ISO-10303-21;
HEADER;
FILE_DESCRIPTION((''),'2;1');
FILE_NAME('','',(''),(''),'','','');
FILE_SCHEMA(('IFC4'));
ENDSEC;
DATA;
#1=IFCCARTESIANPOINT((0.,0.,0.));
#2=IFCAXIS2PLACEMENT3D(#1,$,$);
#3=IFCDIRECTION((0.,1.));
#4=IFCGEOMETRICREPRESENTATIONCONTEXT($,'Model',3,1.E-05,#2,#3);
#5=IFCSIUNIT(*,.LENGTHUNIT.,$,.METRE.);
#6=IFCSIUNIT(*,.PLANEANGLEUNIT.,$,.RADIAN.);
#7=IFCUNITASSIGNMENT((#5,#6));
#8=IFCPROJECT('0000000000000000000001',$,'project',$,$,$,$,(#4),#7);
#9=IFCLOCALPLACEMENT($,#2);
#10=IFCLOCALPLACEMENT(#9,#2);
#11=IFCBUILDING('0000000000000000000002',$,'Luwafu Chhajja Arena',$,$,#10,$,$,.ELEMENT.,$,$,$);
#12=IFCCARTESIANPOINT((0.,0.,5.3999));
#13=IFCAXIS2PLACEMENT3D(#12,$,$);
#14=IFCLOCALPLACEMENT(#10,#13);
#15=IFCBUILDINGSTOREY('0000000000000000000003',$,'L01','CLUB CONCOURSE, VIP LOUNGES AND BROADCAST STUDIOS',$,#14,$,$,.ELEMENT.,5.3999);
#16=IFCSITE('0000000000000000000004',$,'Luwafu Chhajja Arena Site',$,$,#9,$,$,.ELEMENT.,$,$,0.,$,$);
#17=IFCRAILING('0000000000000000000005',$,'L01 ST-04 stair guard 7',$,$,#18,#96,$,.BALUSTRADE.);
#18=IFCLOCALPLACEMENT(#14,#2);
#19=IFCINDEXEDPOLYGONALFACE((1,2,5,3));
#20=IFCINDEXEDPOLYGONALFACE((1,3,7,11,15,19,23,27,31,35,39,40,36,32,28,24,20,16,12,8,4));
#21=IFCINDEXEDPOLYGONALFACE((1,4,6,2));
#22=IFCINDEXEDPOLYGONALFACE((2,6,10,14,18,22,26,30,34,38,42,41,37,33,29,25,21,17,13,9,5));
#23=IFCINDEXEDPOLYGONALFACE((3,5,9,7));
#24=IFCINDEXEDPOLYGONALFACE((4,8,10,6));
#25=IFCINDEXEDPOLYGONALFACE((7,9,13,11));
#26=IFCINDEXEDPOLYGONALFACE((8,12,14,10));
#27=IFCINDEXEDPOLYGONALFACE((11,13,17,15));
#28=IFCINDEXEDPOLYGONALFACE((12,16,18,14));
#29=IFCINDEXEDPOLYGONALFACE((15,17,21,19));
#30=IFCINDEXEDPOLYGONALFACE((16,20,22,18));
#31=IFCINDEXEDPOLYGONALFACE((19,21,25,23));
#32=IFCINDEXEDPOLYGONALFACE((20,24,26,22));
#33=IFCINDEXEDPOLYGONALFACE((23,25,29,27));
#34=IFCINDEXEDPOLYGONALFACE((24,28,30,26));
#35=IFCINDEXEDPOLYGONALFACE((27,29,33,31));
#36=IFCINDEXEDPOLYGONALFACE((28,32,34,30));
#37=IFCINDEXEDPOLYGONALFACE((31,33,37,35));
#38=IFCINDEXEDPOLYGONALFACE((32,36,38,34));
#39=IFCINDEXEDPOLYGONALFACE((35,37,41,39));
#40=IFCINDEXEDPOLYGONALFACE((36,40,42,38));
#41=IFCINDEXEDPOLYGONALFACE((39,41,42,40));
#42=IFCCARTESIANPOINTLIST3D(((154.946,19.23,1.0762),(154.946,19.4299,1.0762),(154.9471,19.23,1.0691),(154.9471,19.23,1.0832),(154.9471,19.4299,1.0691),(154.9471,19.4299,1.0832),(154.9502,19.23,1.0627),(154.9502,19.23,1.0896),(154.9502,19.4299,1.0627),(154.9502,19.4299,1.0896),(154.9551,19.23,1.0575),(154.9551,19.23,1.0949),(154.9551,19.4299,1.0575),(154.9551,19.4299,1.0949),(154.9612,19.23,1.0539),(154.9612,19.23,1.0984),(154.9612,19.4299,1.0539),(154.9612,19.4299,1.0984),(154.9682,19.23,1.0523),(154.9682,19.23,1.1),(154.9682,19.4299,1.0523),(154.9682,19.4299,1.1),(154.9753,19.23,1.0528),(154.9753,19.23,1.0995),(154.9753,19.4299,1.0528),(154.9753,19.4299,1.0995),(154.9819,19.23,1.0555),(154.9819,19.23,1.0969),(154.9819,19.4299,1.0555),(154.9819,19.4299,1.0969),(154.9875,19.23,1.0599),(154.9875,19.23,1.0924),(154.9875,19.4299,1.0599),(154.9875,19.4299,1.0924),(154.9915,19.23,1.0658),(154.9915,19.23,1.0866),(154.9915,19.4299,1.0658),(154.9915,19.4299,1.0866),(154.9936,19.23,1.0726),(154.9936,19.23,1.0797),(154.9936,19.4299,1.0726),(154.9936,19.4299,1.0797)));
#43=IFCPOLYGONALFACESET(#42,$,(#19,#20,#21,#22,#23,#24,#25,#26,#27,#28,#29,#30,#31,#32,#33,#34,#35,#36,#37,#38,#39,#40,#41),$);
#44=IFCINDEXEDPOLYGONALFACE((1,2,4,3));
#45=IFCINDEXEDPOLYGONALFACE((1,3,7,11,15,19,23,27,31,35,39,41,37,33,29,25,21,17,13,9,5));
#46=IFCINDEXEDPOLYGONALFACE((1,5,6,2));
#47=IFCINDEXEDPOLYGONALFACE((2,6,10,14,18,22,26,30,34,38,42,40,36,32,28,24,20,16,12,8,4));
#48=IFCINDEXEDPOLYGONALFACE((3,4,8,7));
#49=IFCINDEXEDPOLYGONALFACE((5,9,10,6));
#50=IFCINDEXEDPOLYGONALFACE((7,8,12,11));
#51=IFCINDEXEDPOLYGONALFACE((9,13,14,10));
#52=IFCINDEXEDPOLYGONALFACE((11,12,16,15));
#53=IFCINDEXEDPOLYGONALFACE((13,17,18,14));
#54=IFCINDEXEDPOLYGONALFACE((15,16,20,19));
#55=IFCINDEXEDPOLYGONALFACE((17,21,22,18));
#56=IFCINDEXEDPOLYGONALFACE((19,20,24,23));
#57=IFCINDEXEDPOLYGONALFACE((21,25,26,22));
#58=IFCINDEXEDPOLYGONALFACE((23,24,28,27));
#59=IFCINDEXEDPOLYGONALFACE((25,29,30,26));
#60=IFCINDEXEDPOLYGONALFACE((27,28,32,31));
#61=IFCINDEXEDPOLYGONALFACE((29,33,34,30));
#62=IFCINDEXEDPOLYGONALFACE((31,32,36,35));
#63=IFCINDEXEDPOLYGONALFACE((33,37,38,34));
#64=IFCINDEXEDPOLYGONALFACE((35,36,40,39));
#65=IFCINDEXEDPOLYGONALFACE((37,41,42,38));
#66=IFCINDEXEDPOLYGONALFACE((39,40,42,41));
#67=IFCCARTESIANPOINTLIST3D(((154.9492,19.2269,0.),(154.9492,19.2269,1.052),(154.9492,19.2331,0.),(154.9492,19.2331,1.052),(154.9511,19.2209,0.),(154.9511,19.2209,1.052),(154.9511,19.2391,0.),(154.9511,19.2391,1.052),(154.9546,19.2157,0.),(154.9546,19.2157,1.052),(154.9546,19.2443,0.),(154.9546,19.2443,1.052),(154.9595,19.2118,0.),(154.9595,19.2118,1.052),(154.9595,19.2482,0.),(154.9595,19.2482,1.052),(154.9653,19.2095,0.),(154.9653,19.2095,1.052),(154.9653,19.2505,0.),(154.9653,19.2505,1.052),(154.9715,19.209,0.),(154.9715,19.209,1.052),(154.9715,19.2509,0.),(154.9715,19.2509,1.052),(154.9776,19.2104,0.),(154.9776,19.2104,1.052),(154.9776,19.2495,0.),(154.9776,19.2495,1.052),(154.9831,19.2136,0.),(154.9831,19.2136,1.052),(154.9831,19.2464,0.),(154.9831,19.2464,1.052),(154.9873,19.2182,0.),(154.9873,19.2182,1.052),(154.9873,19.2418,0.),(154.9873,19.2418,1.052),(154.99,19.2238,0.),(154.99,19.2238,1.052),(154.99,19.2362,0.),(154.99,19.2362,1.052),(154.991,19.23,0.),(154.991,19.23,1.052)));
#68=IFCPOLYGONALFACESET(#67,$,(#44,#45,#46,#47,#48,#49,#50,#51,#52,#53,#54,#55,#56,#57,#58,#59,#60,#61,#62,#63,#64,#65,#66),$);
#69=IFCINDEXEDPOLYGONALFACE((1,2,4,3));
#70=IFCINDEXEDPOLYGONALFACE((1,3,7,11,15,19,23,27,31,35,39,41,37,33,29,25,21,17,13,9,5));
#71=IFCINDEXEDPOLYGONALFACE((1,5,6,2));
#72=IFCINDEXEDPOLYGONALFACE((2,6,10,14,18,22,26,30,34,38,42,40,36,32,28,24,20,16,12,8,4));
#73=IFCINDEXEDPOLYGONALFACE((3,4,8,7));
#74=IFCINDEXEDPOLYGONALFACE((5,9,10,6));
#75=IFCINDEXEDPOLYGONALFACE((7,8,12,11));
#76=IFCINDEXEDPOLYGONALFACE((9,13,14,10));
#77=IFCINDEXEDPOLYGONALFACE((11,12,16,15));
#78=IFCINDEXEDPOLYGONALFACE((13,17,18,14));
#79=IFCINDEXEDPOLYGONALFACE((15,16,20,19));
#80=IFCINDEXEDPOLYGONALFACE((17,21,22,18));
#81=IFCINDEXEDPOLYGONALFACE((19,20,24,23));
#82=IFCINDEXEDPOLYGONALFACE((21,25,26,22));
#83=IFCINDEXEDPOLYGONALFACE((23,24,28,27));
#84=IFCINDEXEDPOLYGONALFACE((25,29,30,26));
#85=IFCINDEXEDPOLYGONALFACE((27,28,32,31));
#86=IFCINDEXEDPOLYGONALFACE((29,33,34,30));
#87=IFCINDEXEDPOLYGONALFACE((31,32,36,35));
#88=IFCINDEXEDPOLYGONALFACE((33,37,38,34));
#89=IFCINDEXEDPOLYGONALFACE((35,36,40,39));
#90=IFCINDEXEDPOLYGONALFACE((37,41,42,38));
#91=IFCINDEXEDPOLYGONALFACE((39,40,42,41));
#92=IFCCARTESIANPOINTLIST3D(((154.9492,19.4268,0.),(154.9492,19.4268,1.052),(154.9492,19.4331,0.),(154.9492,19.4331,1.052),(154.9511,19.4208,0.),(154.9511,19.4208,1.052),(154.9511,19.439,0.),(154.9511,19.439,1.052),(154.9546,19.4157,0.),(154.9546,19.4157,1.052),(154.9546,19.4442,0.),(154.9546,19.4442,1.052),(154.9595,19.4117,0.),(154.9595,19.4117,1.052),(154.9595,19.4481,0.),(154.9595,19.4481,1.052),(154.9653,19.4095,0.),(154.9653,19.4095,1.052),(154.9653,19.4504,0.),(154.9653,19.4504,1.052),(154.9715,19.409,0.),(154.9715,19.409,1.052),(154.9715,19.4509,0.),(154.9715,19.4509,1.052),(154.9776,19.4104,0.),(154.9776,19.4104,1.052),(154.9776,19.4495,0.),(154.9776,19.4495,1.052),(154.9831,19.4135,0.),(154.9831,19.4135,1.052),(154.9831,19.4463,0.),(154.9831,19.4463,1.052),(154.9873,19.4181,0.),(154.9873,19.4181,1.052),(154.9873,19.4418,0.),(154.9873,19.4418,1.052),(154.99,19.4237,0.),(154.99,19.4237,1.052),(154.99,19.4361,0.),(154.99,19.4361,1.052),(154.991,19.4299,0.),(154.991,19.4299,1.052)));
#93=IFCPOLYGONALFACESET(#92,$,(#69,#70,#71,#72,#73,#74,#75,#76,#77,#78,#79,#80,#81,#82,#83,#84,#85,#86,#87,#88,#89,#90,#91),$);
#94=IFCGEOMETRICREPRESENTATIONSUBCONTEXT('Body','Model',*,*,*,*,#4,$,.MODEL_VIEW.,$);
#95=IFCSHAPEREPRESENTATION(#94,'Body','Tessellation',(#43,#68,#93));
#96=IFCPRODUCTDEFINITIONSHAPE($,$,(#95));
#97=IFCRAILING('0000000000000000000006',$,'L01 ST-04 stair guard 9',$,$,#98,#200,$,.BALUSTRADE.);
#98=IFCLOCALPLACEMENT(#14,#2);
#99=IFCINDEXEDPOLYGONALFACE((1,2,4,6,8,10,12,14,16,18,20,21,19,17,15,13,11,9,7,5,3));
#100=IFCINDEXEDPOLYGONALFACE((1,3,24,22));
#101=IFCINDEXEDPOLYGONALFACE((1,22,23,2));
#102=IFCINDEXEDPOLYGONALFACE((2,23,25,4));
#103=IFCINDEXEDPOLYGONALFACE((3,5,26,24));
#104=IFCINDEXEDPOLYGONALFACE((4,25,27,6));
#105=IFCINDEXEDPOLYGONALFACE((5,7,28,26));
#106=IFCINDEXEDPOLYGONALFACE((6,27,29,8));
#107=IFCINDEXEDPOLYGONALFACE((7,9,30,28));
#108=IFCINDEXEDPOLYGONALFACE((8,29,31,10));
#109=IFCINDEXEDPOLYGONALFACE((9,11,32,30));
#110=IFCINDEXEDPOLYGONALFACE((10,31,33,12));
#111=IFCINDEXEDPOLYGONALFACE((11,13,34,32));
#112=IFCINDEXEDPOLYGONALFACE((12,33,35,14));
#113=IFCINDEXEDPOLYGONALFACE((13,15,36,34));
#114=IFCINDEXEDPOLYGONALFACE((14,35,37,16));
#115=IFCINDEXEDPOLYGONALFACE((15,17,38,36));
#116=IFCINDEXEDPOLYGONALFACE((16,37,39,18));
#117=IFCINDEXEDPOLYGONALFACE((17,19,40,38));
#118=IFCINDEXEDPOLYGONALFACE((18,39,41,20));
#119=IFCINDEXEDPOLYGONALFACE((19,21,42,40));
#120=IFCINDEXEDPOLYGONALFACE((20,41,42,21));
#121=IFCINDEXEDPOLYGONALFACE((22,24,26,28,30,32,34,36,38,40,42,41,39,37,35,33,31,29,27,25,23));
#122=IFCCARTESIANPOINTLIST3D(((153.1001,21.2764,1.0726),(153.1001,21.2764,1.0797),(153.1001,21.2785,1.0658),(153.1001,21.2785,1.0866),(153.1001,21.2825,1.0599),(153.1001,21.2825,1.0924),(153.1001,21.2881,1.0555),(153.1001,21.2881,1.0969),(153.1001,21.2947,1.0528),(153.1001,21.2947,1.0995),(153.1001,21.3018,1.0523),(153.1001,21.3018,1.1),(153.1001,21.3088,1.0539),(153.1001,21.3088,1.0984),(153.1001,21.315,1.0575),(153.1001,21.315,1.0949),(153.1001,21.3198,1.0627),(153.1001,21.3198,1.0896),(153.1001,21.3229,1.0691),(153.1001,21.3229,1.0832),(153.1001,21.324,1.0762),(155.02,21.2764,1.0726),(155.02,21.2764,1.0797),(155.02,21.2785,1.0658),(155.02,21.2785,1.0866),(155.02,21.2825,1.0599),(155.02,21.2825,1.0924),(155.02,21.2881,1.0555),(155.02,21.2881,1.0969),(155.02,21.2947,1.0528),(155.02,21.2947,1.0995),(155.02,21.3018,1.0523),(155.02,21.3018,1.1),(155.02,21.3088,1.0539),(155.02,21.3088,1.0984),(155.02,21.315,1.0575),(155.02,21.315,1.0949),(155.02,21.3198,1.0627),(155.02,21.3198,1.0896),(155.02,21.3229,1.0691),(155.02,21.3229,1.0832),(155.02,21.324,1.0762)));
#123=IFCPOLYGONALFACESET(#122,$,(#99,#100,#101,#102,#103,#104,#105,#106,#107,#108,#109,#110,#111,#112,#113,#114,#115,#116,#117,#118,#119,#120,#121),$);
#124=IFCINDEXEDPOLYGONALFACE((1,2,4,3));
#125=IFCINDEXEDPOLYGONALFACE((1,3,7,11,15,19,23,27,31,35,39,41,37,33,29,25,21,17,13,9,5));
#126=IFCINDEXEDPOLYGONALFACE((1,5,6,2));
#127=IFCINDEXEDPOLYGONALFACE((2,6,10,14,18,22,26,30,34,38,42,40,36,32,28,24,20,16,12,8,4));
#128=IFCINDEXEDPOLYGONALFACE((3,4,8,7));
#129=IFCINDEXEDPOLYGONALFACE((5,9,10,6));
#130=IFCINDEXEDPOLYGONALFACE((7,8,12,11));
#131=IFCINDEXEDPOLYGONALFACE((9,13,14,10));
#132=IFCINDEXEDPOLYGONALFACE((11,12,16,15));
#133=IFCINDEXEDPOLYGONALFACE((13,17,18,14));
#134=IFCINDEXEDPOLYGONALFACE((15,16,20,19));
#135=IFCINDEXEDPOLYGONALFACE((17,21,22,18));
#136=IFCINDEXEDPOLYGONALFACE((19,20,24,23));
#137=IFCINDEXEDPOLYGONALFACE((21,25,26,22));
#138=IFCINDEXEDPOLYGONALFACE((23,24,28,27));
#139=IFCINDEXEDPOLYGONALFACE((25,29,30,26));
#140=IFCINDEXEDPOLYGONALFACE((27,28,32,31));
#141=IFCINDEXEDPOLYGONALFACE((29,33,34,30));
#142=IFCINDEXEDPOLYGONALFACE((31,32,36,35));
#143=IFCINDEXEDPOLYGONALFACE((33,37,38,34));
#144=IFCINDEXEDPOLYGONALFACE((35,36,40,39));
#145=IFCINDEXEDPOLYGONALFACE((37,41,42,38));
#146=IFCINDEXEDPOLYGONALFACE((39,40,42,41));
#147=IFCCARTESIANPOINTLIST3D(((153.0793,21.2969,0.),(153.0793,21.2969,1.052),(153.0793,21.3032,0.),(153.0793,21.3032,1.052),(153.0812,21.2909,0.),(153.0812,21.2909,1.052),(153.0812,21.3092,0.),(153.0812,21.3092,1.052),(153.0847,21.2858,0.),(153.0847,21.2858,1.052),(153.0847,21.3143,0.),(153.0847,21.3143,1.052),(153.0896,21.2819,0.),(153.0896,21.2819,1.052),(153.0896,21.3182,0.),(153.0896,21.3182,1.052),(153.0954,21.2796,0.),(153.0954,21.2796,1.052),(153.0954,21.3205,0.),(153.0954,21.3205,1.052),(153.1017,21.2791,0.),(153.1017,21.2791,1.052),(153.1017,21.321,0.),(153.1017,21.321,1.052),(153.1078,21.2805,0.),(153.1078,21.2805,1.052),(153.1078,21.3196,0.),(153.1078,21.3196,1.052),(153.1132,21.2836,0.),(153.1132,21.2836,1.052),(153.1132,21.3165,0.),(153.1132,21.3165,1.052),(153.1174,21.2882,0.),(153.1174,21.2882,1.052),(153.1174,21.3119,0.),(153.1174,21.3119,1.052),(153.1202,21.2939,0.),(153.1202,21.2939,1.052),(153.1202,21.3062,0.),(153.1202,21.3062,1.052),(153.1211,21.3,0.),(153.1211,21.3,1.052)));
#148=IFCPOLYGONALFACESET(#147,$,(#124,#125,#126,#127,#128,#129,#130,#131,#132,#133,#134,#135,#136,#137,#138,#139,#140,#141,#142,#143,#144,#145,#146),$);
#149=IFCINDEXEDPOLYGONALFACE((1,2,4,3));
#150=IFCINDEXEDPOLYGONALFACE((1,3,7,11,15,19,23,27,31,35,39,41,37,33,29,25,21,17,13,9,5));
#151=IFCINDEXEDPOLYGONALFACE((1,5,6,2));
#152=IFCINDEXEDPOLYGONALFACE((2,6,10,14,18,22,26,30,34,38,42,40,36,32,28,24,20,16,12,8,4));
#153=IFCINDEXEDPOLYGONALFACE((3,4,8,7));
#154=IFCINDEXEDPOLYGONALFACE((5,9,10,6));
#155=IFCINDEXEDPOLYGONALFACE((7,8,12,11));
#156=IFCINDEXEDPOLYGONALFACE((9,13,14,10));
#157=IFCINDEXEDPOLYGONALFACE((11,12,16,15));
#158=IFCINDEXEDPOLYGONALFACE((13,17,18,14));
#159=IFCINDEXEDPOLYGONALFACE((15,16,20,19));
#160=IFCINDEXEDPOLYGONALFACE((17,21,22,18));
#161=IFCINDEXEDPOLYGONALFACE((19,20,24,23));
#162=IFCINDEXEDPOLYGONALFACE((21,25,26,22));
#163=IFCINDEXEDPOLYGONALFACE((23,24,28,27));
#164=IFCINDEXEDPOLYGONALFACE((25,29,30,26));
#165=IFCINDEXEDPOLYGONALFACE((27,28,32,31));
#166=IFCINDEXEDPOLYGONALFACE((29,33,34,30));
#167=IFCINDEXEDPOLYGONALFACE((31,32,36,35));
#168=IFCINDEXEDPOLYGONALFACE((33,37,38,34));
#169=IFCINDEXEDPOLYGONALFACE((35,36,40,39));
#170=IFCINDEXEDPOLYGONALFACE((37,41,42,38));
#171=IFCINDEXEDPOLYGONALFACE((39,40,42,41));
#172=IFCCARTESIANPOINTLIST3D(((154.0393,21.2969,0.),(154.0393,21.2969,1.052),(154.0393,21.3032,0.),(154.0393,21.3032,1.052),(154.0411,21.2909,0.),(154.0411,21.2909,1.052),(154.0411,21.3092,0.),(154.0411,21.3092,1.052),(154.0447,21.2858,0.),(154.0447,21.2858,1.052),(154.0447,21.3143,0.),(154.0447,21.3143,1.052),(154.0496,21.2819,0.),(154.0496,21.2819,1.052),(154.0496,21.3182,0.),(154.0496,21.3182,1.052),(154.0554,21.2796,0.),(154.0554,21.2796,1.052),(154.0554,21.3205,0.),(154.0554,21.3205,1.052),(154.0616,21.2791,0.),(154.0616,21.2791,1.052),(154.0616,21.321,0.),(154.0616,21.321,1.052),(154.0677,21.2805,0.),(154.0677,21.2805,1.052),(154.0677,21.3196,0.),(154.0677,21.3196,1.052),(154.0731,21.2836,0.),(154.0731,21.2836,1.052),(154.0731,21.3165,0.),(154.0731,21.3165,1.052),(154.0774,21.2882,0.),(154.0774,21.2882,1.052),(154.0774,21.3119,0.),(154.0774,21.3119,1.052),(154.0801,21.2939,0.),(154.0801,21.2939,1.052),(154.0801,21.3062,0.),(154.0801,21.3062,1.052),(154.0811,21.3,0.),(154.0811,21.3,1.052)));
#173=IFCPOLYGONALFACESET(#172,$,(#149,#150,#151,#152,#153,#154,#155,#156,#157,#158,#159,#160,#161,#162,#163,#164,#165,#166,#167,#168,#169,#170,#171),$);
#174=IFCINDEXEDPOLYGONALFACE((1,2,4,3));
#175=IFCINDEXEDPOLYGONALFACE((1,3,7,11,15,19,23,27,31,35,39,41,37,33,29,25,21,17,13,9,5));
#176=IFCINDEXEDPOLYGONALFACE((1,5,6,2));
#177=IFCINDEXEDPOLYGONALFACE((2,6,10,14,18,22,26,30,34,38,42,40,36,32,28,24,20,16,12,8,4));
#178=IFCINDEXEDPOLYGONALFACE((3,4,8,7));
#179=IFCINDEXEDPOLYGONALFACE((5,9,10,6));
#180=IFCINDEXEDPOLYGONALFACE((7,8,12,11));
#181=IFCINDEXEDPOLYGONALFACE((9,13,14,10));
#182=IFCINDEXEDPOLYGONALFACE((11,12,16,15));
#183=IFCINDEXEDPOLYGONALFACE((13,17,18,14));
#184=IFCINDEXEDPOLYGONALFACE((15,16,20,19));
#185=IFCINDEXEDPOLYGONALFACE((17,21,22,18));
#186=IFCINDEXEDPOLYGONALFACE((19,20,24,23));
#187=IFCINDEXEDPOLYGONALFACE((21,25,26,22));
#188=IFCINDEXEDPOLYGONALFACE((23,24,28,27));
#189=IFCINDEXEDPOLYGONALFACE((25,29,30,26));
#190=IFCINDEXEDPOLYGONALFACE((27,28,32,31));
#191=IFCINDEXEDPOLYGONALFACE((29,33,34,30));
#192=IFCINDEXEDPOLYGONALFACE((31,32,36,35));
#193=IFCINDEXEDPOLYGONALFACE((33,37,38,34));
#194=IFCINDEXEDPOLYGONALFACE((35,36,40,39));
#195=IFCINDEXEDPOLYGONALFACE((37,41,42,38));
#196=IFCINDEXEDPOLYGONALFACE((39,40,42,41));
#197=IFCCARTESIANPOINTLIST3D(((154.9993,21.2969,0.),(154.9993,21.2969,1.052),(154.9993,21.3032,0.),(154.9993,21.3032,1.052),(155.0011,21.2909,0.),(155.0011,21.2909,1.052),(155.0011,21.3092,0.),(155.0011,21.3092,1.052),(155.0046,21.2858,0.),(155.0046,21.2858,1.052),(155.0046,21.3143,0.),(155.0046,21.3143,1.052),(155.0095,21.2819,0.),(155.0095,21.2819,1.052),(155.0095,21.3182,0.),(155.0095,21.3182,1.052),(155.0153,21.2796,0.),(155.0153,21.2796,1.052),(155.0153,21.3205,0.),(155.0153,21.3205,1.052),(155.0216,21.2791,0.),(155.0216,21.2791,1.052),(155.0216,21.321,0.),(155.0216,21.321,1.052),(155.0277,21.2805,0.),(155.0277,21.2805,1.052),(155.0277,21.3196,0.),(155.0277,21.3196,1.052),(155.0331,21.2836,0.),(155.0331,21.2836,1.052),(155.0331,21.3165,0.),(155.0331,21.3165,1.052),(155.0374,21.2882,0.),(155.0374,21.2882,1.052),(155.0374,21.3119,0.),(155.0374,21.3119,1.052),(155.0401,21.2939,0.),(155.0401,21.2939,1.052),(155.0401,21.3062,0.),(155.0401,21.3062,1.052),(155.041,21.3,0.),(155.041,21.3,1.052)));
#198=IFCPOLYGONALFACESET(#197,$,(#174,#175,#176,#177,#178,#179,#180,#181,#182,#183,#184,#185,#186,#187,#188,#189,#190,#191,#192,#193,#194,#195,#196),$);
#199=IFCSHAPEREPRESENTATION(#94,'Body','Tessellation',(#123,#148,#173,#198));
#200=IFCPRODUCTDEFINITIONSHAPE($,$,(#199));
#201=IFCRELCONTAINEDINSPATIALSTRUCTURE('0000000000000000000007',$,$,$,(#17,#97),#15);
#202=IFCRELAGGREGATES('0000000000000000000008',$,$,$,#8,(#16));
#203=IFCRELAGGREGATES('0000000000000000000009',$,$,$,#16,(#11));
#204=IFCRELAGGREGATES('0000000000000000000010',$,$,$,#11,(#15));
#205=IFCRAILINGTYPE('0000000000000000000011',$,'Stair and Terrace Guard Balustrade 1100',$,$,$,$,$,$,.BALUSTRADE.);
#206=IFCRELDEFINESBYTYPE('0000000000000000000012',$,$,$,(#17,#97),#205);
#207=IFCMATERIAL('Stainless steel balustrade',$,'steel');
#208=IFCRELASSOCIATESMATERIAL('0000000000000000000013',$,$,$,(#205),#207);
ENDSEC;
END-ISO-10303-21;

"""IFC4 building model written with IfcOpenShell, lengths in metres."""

from ifc_helpers import new_model, si_unit, direction, frame, origin, origin_2d, place, context, subcontext, project, spatial, circle, extrude, material, type_object, element, save


model = new_model("IFC4")

# Units and contexts
model_context = context("Model", 3, precision=1e-05, world=origin(), true_north=direction((0.0, 1.0)))
body_context = subcontext(model_context, "Body", "Model", "MODEL_VIEW")
ifc_project = project(units=[si_unit("LENGTHUNIT", "METRE"), si_unit("PLANEANGLEUNIT", "RADIAN")], contexts=[model_context])

# Site, building, storey
site_placement = place(None, origin())
site = spatial("IfcSite", under=ifc_project, at=site_placement, Name="Luwafu Chhajja Arena Site", CompositionType="ELEMENT", RefElevation=0.0)
building_placement = place(site_placement, origin())
building = spatial("IfcBuilding", under=site, at=building_placement, Name="Luwafu Chhajja Arena", CompositionType="ELEMENT")
storey_placement = place(building_placement, frame((0.0, 0.0, 5.3999)))
storey = spatial("IfcBuildingStorey", under=building, at=storey_placement, Name="L01", Description="CLUB CONCOURSE, VIP LOUNGES AND BROADCAST STUDIOS", CompositionType="ELEMENT", Elevation=5.3999)

# Railings
ifc_material_1 = material(Name="Stainless steel balustrade", Category="steel")
railing_type = type_object("IfcRailingType", Name="Stair and Terrace Guard Balustrade 1100", PredefinedType="BALUSTRADE", material=ifc_material_1)
railing_1_placement = place(storey_placement, frame((154.97, 19.23, 0.0)))
element("IfcRailing", 1, at=railing_1_placement, inside=storey, type_object=railing_type, Name="L01 ST-04 stair guard 7", PredefinedType="BALUSTRADE", context=body_context, shape_type="SweptSolid", body=[
    extrude(circle(Radius=0.0239, at=origin_2d()), frame((0.0, 0.0, 1.0762), z_axis=(0.0, 1.0, 0.0), x_axis=(-1.0, 0.0, 0.0)), (0.0, 0.0, 1.0), 0.2),
    extrude(circle(Radius=0.021, at=origin_2d()), origin(), (0.0, 0.0, 1.0), 1.052),
    extrude(circle(Radius=0.021, at=origin_2d()), frame((0.0, 0.2, 0.0)), (0.0, 0.0, 1.0), 1.052),
])
railing_2_placement = place(storey_placement, frame((153.1001, 21.3, 0.0)))
element("IfcRailing", 2, at=railing_2_placement, inside=storey, type_object=railing_type, Name="L01 ST-04 stair guard 9", PredefinedType="BALUSTRADE", context=body_context, shape_type="SweptSolid", body=[
    extrude(circle(Radius=0.0239, at=origin_2d()), frame((0.0, 0.0, 1.0762), z_axis=(1.0, 0.0, 0.0), x_axis=(0.0, 1.0, 0.0)), (0.0, 0.0, 1.0), 1.9199),
    extrude(circle(Radius=0.021, at=origin_2d()), origin(), (0.0, 0.0, 1.0), 1.052),
    extrude(circle(Radius=0.021, at=origin_2d()), frame((0.96, 0.0, 0.0)), (0.0, 0.0, 1.0), 1.052),
    extrude(circle(Radius=0.021, at=origin_2d()), frame((1.9199, 0.0, 0.0)), (0.0, 0.0, 1.0), 1.052),
])

save(model, "model.ifc")
